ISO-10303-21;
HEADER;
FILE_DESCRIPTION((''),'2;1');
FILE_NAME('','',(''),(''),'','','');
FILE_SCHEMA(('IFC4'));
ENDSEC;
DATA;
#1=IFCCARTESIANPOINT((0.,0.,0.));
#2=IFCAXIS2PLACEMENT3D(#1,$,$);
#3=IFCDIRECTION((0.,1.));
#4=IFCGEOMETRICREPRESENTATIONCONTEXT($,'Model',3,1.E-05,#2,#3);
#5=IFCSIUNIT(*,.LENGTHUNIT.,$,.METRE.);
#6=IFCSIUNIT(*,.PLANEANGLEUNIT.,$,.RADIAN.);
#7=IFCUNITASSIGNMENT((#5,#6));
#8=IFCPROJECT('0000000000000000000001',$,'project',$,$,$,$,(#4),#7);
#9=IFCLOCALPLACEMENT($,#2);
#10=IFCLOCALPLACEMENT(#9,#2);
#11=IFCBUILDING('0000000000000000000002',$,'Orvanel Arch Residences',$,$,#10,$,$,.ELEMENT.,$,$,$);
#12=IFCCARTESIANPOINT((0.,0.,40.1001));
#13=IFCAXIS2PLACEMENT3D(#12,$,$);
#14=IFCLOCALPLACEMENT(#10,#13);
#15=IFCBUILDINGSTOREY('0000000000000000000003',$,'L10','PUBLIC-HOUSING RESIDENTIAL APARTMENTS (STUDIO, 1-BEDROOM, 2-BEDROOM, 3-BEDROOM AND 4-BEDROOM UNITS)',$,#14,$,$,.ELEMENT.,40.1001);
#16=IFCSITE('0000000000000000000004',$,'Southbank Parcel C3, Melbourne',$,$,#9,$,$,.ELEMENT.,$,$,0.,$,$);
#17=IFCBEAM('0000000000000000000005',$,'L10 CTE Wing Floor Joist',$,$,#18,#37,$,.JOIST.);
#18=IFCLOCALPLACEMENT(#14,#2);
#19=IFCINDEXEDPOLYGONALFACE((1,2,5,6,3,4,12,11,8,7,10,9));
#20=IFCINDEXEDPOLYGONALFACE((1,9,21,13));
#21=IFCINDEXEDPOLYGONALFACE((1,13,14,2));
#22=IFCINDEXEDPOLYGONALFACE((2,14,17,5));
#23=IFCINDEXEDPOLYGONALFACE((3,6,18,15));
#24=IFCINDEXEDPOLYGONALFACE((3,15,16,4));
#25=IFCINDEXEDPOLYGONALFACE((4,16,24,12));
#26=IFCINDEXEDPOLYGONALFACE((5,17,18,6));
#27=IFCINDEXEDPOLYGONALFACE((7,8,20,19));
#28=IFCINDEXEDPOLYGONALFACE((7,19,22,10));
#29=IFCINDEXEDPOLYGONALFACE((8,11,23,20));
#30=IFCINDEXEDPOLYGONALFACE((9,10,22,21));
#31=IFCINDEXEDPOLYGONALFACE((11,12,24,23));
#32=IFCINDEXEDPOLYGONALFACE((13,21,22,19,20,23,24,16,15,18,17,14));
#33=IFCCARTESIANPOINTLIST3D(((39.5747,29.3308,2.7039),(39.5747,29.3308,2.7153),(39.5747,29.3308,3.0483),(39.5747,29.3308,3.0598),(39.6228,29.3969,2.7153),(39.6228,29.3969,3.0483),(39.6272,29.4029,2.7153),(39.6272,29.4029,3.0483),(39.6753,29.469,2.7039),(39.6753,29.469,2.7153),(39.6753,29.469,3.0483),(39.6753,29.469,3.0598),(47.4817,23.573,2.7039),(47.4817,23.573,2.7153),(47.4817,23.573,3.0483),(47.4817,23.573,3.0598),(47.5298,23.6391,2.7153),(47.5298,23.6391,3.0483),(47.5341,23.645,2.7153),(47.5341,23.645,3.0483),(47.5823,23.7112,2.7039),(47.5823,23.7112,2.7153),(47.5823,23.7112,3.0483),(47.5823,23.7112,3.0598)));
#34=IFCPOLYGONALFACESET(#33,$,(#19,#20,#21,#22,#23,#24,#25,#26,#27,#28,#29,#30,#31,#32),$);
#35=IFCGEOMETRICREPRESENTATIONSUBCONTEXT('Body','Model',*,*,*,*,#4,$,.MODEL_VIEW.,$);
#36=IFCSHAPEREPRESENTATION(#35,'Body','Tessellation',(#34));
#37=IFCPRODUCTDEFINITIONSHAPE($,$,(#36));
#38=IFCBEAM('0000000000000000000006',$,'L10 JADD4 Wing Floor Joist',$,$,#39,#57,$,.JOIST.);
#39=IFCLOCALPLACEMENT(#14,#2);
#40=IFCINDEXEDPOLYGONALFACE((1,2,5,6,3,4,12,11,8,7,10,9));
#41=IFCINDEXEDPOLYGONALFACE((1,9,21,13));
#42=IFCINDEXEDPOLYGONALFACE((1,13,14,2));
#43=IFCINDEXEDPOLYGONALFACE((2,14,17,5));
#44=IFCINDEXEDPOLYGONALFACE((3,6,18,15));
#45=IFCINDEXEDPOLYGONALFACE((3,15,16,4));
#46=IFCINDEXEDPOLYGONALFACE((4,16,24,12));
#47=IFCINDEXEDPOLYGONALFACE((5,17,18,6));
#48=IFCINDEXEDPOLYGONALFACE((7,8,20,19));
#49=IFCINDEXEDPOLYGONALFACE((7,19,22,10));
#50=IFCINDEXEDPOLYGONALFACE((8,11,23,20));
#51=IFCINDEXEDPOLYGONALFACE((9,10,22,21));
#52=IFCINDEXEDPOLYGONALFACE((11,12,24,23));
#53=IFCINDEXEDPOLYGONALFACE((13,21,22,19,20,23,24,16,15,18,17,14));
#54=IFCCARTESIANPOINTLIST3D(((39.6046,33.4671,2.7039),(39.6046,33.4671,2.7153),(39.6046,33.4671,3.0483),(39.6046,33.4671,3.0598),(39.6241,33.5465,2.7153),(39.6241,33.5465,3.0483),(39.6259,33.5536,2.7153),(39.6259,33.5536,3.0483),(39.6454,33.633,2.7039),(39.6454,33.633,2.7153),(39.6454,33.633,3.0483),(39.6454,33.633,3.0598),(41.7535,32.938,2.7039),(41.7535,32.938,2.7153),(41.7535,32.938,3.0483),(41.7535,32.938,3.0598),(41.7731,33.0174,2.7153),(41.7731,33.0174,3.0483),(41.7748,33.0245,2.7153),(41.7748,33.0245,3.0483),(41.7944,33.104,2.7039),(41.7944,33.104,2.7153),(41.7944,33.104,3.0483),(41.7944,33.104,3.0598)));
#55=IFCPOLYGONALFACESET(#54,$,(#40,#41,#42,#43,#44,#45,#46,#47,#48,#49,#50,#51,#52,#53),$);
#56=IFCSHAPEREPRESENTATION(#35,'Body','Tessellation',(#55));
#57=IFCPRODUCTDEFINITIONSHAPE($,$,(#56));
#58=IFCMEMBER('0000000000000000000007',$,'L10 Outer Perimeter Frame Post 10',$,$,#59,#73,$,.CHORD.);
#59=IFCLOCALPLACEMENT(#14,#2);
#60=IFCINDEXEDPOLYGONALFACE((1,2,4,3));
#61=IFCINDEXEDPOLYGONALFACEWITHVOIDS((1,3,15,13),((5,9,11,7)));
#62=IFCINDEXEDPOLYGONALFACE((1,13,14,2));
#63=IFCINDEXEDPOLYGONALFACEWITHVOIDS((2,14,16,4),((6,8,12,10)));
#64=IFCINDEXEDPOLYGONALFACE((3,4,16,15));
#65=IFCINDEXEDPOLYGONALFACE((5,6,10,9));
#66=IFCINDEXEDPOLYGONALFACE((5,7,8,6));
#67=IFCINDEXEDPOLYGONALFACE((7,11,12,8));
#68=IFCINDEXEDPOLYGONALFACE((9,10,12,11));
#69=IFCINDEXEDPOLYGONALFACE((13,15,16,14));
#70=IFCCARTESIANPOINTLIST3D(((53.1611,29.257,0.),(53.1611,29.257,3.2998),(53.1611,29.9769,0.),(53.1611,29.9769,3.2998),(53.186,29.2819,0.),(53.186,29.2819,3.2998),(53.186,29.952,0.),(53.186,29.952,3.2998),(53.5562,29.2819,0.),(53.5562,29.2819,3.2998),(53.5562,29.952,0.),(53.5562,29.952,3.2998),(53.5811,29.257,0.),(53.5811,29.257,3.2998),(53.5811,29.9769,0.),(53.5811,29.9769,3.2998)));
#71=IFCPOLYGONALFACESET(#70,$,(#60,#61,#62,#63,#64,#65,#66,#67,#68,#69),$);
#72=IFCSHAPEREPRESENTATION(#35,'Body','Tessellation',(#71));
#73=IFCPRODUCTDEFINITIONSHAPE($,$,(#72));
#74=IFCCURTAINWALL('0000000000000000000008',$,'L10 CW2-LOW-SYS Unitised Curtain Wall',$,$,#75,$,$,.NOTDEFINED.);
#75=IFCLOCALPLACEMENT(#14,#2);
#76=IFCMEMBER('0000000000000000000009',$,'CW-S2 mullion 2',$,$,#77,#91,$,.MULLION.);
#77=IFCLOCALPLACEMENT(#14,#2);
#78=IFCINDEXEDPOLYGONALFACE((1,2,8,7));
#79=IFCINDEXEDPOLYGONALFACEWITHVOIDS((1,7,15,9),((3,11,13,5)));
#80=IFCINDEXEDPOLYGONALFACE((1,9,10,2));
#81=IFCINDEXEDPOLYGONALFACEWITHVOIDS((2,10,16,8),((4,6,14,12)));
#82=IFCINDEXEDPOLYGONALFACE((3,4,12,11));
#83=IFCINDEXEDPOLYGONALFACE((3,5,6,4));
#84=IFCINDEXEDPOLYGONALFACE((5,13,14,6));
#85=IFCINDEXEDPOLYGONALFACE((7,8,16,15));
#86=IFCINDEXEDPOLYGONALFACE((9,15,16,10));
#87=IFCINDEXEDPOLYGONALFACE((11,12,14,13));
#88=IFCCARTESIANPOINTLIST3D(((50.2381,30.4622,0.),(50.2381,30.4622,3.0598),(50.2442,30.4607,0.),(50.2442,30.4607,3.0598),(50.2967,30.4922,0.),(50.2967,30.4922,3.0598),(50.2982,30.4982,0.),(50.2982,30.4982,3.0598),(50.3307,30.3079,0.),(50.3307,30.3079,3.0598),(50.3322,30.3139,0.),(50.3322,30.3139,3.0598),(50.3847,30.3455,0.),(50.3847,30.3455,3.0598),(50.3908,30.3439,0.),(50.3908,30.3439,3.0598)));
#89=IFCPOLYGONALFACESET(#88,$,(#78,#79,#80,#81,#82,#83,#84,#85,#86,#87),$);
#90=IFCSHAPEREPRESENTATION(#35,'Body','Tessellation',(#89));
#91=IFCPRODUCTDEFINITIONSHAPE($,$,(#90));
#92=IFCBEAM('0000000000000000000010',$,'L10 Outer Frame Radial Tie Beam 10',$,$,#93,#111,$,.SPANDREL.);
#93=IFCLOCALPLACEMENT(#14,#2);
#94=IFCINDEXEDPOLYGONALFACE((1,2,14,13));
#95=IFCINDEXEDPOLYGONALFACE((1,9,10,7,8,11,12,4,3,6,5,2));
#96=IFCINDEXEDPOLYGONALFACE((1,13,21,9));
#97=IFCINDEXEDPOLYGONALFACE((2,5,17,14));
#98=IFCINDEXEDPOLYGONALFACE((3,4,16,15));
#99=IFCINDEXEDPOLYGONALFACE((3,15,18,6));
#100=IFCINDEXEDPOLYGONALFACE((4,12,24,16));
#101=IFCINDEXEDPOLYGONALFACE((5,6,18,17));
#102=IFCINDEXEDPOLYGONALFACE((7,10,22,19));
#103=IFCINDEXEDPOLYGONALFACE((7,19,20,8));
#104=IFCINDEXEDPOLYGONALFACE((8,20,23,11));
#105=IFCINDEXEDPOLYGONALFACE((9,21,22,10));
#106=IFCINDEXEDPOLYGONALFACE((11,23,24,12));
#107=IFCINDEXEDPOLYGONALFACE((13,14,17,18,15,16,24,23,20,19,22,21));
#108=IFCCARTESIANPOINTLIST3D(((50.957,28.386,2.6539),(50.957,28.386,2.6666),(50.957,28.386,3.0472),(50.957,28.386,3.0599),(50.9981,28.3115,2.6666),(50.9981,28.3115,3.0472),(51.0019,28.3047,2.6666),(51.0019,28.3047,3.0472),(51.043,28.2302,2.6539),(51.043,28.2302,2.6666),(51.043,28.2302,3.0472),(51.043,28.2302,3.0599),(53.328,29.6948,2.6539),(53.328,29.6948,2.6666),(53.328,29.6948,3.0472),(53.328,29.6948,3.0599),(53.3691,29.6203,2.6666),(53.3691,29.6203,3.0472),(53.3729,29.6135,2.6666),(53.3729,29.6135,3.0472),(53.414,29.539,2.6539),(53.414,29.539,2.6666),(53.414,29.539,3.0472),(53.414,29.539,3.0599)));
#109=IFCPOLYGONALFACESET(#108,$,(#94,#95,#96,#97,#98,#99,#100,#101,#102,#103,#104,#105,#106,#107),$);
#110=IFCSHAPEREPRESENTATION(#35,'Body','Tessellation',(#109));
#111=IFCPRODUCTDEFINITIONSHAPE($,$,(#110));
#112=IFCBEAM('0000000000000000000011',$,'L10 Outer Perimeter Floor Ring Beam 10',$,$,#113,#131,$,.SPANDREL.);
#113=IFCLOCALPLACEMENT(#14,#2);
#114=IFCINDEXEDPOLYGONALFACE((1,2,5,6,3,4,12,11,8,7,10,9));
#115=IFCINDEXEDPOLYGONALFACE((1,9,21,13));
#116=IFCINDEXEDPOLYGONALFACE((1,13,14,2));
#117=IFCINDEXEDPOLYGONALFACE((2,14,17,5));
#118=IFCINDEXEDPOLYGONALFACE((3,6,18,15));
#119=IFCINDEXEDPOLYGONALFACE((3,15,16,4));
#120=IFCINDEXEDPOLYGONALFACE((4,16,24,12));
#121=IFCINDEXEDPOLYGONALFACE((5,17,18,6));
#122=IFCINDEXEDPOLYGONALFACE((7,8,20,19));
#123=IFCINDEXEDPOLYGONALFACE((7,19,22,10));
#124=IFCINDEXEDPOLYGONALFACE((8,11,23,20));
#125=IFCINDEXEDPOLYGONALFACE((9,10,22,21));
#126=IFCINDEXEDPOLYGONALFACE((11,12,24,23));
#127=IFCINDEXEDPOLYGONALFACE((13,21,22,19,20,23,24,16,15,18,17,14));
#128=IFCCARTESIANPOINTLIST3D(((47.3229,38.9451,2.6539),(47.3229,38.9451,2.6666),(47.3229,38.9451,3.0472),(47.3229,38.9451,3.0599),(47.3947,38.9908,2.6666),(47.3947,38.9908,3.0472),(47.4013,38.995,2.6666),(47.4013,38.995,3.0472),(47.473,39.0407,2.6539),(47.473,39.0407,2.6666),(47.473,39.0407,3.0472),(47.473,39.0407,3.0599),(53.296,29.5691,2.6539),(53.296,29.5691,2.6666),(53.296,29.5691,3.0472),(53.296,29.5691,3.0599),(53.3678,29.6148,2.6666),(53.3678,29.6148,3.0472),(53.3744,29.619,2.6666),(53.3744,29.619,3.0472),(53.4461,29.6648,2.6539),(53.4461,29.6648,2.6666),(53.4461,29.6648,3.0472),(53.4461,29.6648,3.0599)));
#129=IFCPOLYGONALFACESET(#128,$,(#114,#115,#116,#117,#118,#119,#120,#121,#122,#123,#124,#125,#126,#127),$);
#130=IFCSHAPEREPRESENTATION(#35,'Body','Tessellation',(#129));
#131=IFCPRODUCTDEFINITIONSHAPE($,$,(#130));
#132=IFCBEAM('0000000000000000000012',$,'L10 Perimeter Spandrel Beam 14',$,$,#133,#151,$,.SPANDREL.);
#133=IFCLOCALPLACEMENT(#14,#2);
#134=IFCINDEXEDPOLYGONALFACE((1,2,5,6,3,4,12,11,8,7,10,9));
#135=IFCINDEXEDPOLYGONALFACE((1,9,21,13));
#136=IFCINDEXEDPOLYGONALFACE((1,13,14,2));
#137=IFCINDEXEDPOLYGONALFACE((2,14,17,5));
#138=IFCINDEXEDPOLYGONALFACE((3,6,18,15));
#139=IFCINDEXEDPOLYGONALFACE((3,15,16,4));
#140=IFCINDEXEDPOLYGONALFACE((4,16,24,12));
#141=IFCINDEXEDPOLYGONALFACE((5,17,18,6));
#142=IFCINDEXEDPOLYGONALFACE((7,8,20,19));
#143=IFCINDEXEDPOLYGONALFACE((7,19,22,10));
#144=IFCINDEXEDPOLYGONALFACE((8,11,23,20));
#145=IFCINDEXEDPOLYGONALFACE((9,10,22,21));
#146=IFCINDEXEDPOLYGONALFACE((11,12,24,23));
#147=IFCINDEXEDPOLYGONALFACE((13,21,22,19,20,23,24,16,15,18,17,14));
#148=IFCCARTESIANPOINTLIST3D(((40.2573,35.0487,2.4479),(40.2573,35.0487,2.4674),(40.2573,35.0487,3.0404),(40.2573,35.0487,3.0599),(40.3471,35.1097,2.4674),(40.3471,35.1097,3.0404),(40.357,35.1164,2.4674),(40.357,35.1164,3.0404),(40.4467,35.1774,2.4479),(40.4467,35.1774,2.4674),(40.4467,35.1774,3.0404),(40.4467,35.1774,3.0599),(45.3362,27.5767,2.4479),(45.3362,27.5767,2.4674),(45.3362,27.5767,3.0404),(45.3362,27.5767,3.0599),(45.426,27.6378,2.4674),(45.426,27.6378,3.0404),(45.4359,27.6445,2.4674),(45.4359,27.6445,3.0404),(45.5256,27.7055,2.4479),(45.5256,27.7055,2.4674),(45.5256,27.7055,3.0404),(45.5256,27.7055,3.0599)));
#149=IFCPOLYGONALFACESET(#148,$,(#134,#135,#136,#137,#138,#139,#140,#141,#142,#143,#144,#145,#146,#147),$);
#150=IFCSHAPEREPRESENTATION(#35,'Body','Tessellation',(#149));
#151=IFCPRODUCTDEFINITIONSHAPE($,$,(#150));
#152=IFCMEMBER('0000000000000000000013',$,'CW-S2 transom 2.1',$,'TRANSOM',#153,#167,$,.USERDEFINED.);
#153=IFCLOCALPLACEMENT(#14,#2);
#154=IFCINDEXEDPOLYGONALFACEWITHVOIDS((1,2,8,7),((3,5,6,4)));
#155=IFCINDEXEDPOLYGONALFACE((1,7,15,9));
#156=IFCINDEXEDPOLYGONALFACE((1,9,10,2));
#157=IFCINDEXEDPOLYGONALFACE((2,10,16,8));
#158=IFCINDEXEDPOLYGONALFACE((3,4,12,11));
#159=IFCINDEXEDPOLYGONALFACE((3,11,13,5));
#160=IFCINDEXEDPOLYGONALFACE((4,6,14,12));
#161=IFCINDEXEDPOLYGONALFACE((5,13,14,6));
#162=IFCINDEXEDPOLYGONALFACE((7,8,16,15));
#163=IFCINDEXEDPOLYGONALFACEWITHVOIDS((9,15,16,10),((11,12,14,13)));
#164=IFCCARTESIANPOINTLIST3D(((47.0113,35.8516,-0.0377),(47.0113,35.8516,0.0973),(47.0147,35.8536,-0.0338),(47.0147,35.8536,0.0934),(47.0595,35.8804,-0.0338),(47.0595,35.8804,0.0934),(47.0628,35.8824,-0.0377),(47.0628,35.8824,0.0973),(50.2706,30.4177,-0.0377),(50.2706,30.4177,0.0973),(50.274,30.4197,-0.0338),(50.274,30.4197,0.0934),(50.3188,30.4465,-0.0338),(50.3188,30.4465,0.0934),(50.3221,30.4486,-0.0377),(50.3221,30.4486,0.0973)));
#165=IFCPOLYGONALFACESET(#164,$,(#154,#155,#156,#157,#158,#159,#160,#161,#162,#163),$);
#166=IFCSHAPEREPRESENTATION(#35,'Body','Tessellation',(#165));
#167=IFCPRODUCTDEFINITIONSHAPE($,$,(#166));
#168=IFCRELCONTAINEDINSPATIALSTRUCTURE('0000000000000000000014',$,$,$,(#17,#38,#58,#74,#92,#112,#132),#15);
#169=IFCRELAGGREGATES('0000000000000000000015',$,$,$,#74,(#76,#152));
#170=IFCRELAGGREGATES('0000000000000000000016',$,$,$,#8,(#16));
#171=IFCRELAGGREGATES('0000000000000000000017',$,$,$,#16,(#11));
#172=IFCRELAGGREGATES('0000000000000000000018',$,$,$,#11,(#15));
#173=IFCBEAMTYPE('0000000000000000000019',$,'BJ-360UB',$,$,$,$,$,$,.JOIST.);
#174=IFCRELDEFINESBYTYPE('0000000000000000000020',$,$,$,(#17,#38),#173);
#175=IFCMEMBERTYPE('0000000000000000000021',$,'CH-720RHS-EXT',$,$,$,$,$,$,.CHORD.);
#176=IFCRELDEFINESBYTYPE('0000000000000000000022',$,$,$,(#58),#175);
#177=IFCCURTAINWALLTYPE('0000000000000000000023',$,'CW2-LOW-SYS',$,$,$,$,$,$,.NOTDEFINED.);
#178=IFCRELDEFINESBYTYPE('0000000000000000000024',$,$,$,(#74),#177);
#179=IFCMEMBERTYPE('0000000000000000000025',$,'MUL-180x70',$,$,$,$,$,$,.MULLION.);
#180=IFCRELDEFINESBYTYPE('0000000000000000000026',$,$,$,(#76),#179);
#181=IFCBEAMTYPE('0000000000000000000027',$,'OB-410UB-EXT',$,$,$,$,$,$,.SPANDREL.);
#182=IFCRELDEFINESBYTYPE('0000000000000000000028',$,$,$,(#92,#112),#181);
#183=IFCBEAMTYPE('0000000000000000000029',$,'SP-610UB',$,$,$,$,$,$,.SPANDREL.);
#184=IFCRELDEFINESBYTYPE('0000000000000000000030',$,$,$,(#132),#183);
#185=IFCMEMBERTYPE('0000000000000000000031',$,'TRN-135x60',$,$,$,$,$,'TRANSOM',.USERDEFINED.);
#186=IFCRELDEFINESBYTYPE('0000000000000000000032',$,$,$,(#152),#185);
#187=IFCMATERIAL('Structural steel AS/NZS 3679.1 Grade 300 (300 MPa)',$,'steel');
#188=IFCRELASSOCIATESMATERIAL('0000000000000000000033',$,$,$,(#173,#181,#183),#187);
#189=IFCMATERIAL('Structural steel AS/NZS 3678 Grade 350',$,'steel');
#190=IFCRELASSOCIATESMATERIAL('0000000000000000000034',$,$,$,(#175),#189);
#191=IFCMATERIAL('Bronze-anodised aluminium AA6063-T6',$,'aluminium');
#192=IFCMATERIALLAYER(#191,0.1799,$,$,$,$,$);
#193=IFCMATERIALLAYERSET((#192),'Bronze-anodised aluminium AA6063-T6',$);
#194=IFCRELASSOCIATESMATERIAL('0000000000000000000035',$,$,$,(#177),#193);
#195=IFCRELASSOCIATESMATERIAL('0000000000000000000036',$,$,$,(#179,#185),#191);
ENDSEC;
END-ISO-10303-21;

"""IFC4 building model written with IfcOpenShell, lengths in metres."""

from ifc_helpers import new_model, si_unit, direction, frame, origin, origin_2d, place, context, subcontext, project, spatial, hollow_rectangle, i_section, extrude, material, layer, layer_set, material_profile, profile_set, type_object, element, aggregate, save


model = new_model("IFC4")

# Units and contexts
model_context = context("Model", 3, precision=1e-05, world=origin(), true_north=direction((0.0, 1.0)))
body_context = subcontext(model_context, "Body", "Model", "MODEL_VIEW")
ifc_project = project(units=[si_unit("LENGTHUNIT", "METRE"), si_unit("PLANEANGLEUNIT", "RADIAN")], contexts=[model_context])

# Site, building, storey
site_placement = place(None, origin())
site = spatial("IfcSite", under=ifc_project, at=site_placement, Name="Southbank Parcel C3, Melbourne", CompositionType="ELEMENT", RefElevation=0.0)
building_placement = place(site_placement, origin())
building = spatial("IfcBuilding", under=site, at=building_placement, Name="Orvanel Arch Residences", CompositionType="ELEMENT")
storey_placement = place(building_placement, frame((0.0, 0.0, 40.1001)))
storey = spatial("IfcBuildingStorey", under=building, at=storey_placement, Name="L10", Description="PUBLIC-HOUSING RESIDENTIAL APARTMENTS (STUDIO, 1-BEDROOM, 2-BEDROOM, 3-BEDROOM AND 4-BEDROOM UNITS)", CompositionType="ELEMENT", Elevation=40.1001)

# Beams
ifc_material_1 = material(Name="Structural steel AS/NZS 3679.1 Grade 300 (300 MPa)", Category="steel")
ifc_material_profile_1 = material_profile(ifc_material_1, i_section(OverallWidth=0.1709, OverallDepth=0.356, WebThickness=0.0073, FlangeThickness=0.0115, at=origin_2d()), Name="360UB50.7")
ifc_profile_set_1 = profile_set([ifc_material_profile_1], Name="Structural steel AS/NZS 3679.1 Grade 300 (300 MPa)")
beam_type_1 = type_object("IfcBeamType", Name="BJ-360UB", PredefinedType="JOIST", material=ifc_profile_set_1)
beam_1_placement = place(storey_placement, frame((39.625, 29.3999, 2.8818), z_axis=(0.808382, -0.588658, 0.0), x_axis=(0.588658, 0.808382, 0.0)))
element("IfcBeam", 1, at=beam_1_placement, inside=storey, type_object=beam_type_1, Name="L10 CTE Wing Floor Joist", PredefinedType="JOIST", context=body_context, shape_type="SweptSolid", body=[
    extrude(i_section(OverallWidth=0.1709, OverallDepth=0.356, WebThickness=0.0073, FlangeThickness=0.0115, at=origin_2d()), origin(), (0.0, 0.0, 1.0), 9.7812),
])
beam_2_placement = place(storey_placement, frame((39.625, 33.55, 2.8818), z_axis=(0.971006, -0.239056, 0.0), x_axis=(0.239056, 0.971006, 0.0)))
element("IfcBeam", 2, at=beam_2_placement, inside=storey, type_object=beam_type_1, Name="L10 JADD4 Wing Floor Joist", PredefinedType="JOIST", context=body_context, shape_type="SweptSolid", body=[
    extrude(i_section(OverallWidth=0.1709, OverallDepth=0.356, WebThickness=0.0073, FlangeThickness=0.0115, at=origin_2d()), origin(), (0.0, 0.0, 1.0), 2.2131),
])

# Member
ifc_material_2 = material(Name="Structural steel AS/NZS 3678 Grade 350", Category="steel")
ifc_material_profile_2 = material_profile(ifc_material_2, hollow_rectangle(XDim=0.4199, YDim=0.72, WallThickness=0.0249, at=origin_2d()), Name="RHS720x420x25")
ifc_profile_set_2 = profile_set([ifc_material_profile_2], Name="Structural steel AS/NZS 3678 Grade 350")
member_type_1 = type_object("IfcMemberType", Name="CH-720RHS-EXT", PredefinedType="CHORD", material=ifc_profile_set_2)
member_1_placement = place(storey_placement, frame((53.3711, 29.6169, 0.0), z_axis=(0.0, 0.0, 1.0), x_axis=(1.0, 0.0, 0.0)))
element("IfcMember", 3, at=member_1_placement, inside=storey, type_object=member_type_1, Name="L10 Outer Perimeter Frame Post 10", PredefinedType="CHORD", context=body_context, shape_type="SweptSolid", body=[
    extrude(hollow_rectangle(XDim=0.4199, YDim=0.72, WallThickness=0.0249, at=origin_2d()), origin(), (0.0, 0.0, 1.0), 3.2998),
])

# Curtain wall, member
ifc_material_3 = material(Name="Bronze-anodised aluminium AA6063-T6", Category="aluminium")
ifc_layer_1 = layer(ifc_material_3, 0.1799)
ifc_layer_set_1 = layer_set([ifc_layer_1], Name="Bronze-anodised aluminium AA6063-T6")
curtain_wall_type = type_object("IfcCurtainWallType", Name="CW2-LOW-SYS", PredefinedType="NOTDEFINED", material=ifc_layer_set_1)
curtain_wall_placement = place(storey_placement, origin())
curtain_wall = element("IfcCurtainWall", 4, at=curtain_wall_placement, inside=storey, type_object=curtain_wall_type, Name="L10 CW2-LOW-SYS Unitised Curtain Wall", PredefinedType="NOTDEFINED")
ifc_material_profile_3 = material_profile(ifc_material_3, hollow_rectangle(XDim=0.0701, YDim=0.1799, WallThickness=0.0044, at=origin_2d()), Name="ALU180x70x4.5")
ifc_profile_set_3 = profile_set([ifc_material_profile_3], Name="Bronze-anodised aluminium AA6063-T6")
member_type_2 = type_object("IfcMemberType", Name="MUL-180x70", PredefinedType="MULLION", material=ifc_profile_set_3)
member_2_placement = place(storey_placement, frame((50.3145, 30.4031, 0.0), z_axis=(0.0, 0.0, 1.0), x_axis=(-0.857555, -0.514393, 0.0)))
member_2 = element("IfcMember", 5, at=member_2_placement, type_object=member_type_2, Name="CW-S2 mullion 2", PredefinedType="MULLION", context=body_context, shape_type="SweptSolid", body=[
    extrude(hollow_rectangle(XDim=0.0701, YDim=0.1799, WallThickness=0.0044, at=origin_2d()), origin(), (0.0, 0.0, 1.0), 3.0598),
])

# Beams
ifc_material_profile_4 = material_profile(ifc_material_1, i_section(OverallWidth=0.178, OverallDepth=0.406, WebThickness=0.0078, FlangeThickness=0.0127, at=origin_2d()), Name="410UB59.7")
ifc_profile_set_4 = profile_set([ifc_material_profile_4], Name="Structural steel AS/NZS 3679.1 Grade 300 (300 MPa)")
beam_type_2 = type_object("IfcBeamType", Name="OB-410UB-EXT", PredefinedType="SPANDREL", material=ifc_profile_set_4)
beam_3_placement = place(storey_placement, frame((51.0, 28.3081, 2.8569), z_axis=(0.875476, 0.483261, 0.0), x_axis=(-0.483261, 0.875476, 0.0)))
element("IfcBeam", 6, at=beam_3_placement, inside=storey, type_object=beam_type_2, Name="L10 Outer Frame Radial Tie Beam 10", PredefinedType="SPANDREL", context=body_context, shape_type="SweptSolid", body=[
    extrude(i_section(OverallWidth=0.178, OverallDepth=0.406, WebThickness=0.0078, FlangeThickness=0.0127, at=origin_2d()), origin(), (0.0, 0.0, 1.0), 2.7083),
])
beam_4_placement = place(storey_placement, frame((53.3711, 29.6169, 2.8569), z_axis=(-0.537299, 0.843392, 0.0), x_axis=(-0.843392, -0.537299, 0.0)))
element("IfcBeam", 7, at=beam_4_placement, inside=storey, type_object=beam_type_2, Name="L10 Outer Perimeter Floor Ring Beam 10", PredefinedType="SPANDREL", context=body_context, shape_type="SweptSolid", body=[
    extrude(i_section(OverallWidth=0.178, OverallDepth=0.406, WebThickness=0.0078, FlangeThickness=0.0127, at=origin_2d()), origin(), (0.0, 0.0, 1.0), 11.1169),
])
ifc_material_profile_5 = material_profile(ifc_material_1, i_section(OverallWidth=0.229, OverallDepth=0.6121, WebThickness=0.012, FlangeThickness=0.0195, at=origin_2d()), Name="610UB125")
ifc_profile_set_5 = profile_set([ifc_material_profile_5], Name="Structural steel AS/NZS 3679.1 Grade 300 (300 MPa)")
beam_type_3 = type_object("IfcBeamType", Name="SP-610UB", PredefinedType="SPANDREL", material=ifc_profile_set_5)
beam_5_placement = place(storey_placement, frame((45.4309, 27.6411, 2.7539), z_axis=(-0.562155, 0.827032, 0.0), x_axis=(-0.827032, -0.562155, 0.0)))
element("IfcBeam", 8, at=beam_5_placement, inside=storey, type_object=beam_type_3, Name="L10 Perimeter Spandrel Beam 14", PredefinedType="SPANDREL", context=body_context, shape_type="SweptSolid", body=[
    extrude(i_section(OverallWidth=0.229, OverallDepth=0.6121, WebThickness=0.012, FlangeThickness=0.0195, at=origin_2d()), origin(), (0.0, 0.0, 1.0), 9.0347),
])

# Member
ifc_material_profile_6 = material_profile(ifc_material_3, hollow_rectangle(XDim=0.0601, YDim=0.135, WallThickness=0.0039, at=origin_2d()), Name="ALU135x60x4")
ifc_profile_set_6 = profile_set([ifc_material_profile_6], Name="Bronze-anodised aluminium AA6063-T6")
member_type_3 = type_object("IfcMemberType", Name="TRN-135x60", ElementType="TRANSOM", PredefinedType="USERDEFINED", material=ifc_profile_set_6)
member_3_placement = place(storey_placement, frame((50.2964, 30.4331, 0.0298), z_axis=(-0.514377, 0.857564, 0.0), x_axis=(-0.857564, -0.514377, 0.0)))
member_3 = element("IfcMember", 9, at=member_3_placement, type_object=member_type_3, Name="CW-S2 transom 2.1", ObjectType="TRANSOM", PredefinedType="USERDEFINED", context=body_context, shape_type="SweptSolid", body=[
    extrude(hollow_rectangle(XDim=0.0601, YDim=0.135, WallThickness=0.0039, at=origin_2d()), origin(), (0.0, 0.0, 1.0), 6.3364),
])

aggregate(curtain_wall, [member_2, member_3])

save(model, "model.ifc")
